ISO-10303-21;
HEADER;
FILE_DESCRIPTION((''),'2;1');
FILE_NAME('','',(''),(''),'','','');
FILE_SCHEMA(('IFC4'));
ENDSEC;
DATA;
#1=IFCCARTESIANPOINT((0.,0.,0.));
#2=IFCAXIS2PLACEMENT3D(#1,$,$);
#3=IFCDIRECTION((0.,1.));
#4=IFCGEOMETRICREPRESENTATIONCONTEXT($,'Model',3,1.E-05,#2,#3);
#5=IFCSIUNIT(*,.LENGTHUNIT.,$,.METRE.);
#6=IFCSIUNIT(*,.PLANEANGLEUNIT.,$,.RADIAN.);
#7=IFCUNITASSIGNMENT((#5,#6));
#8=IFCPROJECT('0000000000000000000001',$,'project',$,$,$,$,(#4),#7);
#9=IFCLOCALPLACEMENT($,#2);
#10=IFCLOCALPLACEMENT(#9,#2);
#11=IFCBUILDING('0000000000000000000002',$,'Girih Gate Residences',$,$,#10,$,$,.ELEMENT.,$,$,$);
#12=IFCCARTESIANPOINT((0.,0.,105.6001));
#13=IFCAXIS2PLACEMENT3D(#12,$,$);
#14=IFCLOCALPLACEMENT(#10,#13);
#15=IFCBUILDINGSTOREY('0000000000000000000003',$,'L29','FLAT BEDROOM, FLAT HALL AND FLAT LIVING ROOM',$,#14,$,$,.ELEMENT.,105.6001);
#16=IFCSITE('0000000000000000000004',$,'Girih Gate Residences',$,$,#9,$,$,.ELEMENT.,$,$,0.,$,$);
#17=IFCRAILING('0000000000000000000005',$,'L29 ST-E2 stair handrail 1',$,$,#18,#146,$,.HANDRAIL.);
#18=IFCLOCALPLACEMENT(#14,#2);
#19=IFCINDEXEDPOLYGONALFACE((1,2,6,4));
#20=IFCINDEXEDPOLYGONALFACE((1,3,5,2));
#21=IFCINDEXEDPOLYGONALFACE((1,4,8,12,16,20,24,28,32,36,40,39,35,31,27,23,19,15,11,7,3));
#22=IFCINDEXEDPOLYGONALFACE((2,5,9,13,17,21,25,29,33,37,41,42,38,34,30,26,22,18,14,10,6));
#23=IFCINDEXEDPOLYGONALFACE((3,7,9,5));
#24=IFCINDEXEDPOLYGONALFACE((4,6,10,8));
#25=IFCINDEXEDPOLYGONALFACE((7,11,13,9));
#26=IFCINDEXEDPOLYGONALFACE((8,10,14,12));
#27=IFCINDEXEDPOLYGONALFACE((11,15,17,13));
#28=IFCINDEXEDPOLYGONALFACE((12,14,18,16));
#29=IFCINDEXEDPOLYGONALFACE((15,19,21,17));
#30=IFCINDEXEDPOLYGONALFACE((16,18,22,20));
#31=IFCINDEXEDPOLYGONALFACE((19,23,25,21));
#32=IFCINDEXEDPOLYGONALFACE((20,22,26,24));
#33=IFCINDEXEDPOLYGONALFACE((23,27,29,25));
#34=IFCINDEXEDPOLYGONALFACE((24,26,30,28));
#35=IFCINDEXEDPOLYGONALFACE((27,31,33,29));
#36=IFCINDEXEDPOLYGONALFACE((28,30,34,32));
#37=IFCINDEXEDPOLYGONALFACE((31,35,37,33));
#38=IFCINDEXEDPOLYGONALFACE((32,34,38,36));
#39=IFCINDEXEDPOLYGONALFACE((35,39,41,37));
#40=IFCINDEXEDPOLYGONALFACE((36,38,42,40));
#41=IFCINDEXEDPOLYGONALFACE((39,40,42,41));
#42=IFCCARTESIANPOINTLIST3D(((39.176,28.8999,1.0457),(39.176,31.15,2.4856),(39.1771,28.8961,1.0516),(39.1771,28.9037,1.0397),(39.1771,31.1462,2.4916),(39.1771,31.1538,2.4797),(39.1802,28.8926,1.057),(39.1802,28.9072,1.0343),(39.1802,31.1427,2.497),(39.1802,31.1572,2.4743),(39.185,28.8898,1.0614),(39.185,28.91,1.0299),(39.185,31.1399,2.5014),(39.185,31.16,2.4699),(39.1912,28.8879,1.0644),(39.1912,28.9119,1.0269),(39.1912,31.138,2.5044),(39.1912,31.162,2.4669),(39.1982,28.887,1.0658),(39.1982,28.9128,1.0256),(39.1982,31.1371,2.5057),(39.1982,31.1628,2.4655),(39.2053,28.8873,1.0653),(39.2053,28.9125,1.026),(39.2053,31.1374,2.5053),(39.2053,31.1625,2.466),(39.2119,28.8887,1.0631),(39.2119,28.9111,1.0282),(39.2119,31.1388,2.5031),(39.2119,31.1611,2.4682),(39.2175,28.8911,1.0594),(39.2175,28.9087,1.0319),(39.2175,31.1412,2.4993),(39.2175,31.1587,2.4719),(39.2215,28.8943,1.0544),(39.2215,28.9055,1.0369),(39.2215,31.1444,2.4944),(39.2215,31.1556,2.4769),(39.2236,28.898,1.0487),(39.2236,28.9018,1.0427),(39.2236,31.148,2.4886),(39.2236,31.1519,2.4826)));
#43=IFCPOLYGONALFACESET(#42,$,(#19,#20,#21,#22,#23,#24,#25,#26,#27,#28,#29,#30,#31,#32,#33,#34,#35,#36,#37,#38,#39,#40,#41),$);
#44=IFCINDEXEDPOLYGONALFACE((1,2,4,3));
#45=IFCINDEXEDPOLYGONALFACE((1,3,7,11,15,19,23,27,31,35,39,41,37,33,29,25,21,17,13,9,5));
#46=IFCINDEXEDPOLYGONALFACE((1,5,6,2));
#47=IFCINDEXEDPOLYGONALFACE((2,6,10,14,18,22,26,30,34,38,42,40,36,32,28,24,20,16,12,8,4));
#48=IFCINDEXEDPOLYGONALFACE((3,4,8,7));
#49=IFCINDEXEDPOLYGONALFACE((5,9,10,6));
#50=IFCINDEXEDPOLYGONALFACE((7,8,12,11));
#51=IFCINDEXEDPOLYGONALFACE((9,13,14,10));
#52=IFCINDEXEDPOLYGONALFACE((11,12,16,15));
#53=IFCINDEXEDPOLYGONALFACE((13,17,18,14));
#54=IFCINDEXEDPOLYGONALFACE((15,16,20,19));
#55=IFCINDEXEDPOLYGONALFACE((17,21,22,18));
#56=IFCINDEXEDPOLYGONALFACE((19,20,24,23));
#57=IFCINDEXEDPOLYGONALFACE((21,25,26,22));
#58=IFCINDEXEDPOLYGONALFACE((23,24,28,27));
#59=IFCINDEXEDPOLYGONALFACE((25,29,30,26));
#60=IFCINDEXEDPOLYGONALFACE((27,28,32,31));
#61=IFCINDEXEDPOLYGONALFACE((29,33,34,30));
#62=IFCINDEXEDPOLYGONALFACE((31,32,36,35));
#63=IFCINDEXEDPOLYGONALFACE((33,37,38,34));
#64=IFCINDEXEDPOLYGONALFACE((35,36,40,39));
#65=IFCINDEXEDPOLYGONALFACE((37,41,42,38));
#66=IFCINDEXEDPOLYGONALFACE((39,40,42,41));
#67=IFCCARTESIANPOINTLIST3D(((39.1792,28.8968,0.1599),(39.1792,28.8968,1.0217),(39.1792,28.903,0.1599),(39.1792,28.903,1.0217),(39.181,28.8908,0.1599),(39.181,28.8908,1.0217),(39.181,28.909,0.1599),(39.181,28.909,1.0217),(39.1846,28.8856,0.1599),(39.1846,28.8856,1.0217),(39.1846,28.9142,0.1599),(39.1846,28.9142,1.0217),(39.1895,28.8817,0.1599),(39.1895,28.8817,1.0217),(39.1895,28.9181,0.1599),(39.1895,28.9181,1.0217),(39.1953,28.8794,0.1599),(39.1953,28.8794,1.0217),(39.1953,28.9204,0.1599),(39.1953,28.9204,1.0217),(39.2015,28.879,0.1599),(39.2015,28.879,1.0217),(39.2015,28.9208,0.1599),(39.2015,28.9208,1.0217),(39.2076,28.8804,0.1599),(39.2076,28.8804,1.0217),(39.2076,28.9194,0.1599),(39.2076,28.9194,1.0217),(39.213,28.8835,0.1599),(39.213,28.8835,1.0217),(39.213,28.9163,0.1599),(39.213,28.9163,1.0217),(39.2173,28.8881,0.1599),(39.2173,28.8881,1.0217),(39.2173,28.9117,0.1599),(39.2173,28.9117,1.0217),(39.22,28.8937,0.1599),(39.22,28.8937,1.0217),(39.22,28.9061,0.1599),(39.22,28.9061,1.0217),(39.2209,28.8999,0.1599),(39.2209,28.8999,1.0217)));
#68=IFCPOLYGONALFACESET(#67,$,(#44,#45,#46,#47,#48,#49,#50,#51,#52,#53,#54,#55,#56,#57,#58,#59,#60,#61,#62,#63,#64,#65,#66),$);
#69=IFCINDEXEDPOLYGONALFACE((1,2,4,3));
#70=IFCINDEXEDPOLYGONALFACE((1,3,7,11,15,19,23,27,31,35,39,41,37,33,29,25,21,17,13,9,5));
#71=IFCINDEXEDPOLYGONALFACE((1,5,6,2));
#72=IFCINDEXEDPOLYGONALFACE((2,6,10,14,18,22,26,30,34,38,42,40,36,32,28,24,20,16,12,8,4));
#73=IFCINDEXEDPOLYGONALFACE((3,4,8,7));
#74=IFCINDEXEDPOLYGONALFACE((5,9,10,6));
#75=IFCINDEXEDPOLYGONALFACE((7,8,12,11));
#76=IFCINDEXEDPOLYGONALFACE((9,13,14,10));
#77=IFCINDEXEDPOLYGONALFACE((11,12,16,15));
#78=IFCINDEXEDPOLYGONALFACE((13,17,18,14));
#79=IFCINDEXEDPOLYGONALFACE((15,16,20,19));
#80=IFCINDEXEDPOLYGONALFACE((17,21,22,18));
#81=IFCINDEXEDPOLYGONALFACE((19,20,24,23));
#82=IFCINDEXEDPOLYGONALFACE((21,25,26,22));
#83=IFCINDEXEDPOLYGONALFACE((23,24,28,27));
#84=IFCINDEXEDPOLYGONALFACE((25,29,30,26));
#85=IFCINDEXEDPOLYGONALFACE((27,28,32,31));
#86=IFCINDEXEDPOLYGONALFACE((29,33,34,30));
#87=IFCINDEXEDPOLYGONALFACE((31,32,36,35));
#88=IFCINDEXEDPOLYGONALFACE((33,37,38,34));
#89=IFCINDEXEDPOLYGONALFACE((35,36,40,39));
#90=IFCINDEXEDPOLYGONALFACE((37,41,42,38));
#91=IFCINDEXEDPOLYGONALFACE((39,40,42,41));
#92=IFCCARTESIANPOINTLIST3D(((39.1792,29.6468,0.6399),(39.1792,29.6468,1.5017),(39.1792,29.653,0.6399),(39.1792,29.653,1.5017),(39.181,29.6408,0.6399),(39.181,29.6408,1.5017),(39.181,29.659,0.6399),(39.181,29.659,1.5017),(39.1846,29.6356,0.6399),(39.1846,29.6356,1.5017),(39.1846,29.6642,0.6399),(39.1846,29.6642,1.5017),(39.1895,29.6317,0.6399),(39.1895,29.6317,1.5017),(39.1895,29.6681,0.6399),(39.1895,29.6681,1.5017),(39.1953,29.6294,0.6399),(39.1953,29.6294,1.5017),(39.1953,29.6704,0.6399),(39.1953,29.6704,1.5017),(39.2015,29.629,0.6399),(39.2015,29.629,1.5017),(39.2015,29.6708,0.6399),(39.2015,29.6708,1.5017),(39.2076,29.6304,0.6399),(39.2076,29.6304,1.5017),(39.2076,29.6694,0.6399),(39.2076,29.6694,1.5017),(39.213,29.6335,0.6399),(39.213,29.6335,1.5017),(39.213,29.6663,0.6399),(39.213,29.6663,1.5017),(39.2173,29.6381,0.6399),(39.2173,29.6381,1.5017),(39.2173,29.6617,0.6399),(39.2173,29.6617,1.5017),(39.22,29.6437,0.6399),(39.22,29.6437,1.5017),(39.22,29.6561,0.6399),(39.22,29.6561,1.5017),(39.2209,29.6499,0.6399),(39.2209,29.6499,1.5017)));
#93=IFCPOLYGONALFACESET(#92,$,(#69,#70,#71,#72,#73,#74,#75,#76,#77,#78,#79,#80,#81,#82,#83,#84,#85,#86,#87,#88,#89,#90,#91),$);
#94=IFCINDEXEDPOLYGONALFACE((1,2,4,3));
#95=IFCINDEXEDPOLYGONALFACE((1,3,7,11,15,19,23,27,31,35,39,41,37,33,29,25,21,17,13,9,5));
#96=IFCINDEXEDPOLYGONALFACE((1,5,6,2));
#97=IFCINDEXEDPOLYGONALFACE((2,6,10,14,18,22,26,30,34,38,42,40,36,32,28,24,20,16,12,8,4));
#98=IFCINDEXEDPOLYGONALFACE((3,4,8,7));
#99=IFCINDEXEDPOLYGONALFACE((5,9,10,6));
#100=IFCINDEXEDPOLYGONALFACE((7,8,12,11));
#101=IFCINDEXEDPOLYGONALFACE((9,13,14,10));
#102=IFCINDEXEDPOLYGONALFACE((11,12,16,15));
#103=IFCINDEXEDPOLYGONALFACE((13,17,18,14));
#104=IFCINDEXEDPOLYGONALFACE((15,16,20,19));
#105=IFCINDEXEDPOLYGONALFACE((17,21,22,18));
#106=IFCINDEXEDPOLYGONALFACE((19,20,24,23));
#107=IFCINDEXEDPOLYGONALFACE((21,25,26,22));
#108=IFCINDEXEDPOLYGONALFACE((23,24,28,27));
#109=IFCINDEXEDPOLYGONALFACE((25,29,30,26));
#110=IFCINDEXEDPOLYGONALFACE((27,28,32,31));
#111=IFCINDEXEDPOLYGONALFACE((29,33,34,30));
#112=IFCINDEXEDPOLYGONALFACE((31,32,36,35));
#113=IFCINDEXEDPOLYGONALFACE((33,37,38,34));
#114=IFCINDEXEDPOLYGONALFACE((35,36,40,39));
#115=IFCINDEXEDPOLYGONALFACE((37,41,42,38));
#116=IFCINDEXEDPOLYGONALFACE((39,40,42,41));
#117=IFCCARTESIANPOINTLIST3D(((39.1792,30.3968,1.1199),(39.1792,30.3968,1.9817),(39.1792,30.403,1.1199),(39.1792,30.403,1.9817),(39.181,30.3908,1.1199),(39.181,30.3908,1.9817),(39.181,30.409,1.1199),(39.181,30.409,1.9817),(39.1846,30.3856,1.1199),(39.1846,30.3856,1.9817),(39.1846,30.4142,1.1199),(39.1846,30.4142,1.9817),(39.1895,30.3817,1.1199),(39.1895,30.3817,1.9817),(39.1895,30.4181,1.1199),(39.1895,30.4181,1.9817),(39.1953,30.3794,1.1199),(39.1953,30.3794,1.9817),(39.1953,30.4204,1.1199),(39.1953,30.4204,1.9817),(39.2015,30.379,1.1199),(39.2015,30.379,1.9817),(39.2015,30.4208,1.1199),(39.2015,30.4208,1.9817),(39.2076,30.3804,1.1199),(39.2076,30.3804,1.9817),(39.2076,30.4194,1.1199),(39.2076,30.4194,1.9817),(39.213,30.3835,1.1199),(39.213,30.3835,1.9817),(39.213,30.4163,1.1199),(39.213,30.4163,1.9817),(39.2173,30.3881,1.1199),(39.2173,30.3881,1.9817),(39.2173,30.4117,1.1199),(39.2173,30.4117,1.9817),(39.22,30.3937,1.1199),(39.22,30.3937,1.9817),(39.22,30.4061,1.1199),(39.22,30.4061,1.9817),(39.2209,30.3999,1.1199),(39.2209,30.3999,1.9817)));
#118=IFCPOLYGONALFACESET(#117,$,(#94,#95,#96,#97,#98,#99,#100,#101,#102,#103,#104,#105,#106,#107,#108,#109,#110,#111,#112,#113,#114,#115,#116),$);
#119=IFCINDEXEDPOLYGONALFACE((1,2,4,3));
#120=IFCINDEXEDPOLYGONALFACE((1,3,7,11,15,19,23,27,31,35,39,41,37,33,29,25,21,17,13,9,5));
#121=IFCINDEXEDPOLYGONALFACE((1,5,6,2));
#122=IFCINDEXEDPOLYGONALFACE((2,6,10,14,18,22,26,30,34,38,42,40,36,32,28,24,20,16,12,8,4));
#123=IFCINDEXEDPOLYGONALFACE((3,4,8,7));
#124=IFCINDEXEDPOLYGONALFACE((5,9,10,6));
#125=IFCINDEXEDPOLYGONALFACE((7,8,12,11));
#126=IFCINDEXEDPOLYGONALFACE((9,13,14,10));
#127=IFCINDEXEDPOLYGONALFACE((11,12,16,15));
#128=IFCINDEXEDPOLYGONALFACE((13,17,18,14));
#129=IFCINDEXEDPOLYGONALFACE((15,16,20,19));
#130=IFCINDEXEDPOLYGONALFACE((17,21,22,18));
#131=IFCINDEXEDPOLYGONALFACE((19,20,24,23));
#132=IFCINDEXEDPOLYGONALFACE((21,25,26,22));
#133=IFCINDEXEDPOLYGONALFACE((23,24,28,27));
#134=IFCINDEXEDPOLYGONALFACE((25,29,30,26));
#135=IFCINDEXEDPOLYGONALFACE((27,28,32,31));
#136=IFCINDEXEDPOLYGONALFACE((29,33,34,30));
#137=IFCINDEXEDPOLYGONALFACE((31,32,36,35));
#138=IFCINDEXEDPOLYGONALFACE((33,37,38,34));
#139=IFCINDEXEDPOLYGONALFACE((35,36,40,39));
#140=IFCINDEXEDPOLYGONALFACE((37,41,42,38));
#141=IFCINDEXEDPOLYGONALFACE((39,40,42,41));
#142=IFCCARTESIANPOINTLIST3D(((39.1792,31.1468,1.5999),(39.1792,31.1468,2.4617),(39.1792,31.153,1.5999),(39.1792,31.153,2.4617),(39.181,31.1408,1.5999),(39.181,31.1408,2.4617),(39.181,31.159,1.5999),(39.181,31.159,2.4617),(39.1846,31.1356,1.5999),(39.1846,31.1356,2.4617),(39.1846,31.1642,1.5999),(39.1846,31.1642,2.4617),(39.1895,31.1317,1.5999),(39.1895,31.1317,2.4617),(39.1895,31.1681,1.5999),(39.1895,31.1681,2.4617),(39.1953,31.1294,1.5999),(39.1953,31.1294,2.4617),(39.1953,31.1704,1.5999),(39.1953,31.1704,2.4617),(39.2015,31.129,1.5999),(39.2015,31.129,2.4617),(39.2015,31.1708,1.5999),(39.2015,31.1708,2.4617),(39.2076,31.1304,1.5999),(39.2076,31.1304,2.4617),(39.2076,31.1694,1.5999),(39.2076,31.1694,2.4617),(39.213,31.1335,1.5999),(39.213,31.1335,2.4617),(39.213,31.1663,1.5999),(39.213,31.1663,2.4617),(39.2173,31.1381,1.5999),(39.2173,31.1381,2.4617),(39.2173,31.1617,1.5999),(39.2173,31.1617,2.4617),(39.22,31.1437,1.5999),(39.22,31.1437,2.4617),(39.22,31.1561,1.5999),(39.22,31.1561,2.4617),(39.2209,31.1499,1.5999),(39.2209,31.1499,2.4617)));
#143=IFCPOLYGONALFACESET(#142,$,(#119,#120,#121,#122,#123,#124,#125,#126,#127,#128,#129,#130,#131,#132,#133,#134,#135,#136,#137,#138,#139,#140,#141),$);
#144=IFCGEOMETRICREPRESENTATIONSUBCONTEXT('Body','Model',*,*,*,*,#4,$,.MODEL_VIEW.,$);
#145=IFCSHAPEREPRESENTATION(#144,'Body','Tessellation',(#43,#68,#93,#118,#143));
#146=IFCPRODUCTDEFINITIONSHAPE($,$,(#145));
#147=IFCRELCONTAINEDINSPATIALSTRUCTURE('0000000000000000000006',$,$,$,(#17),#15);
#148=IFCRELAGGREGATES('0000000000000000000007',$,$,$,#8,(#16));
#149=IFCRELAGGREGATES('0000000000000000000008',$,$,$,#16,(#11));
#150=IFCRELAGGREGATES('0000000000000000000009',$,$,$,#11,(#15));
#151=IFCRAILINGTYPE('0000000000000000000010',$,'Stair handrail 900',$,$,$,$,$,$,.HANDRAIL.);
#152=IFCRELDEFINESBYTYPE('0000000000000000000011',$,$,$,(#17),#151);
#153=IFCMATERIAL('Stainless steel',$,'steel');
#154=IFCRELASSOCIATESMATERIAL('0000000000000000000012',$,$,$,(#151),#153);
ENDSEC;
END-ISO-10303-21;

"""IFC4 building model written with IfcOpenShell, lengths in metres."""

from ifc_helpers import new_model, si_unit, direction, frame, origin, origin_2d, place, context, subcontext, project, spatial, circle, extrude, material, type_object, element, save


model = new_model("IFC4")

# Units and contexts
model_context = context("Model", 3, precision=1e-05, world=origin(), true_north=direction((0.0, 1.0)))
body_context = subcontext(model_context, "Body", "Model", "MODEL_VIEW")
ifc_project = project(units=[si_unit("LENGTHUNIT", "METRE"), si_unit("PLANEANGLEUNIT", "RADIAN")], contexts=[model_context])

# Site, building, storey
site_placement = place(None, origin())
site = spatial("IfcSite", under=ifc_project, at=site_placement, Name="Girih Gate Residences", CompositionType="ELEMENT", RefElevation=0.0)
building_placement = place(site_placement, origin())
building = spatial("IfcBuilding", under=site, at=building_placement, Name="Girih Gate Residences", CompositionType="ELEMENT")
storey_placement = place(building_placement, frame((0.0, 0.0, 105.6001)))
storey = spatial("IfcBuildingStorey", under=building, at=storey_placement, Name="L29", Description="FLAT BEDROOM, FLAT HALL AND FLAT LIVING ROOM", CompositionType="ELEMENT", Elevation=105.6001)

# Railing
ifc_material_1 = material(Name="Stainless steel", Category="steel")
railing_type_1 = type_object("IfcRailingType", Name="Stair handrail 900", PredefinedType="HANDRAIL", material=ifc_material_1)
railing_1_placement = place(storey_placement, frame((39.2, 28.8999, 0.1599)))
element("IfcRailing", 1, at=railing_1_placement, inside=storey, type_object=railing_type_1, Name="L29 ST-E2 stair handrail 1", PredefinedType="HANDRAIL", context=body_context, shape_type="SweptSolid", body=[
    extrude(circle(Radius=0.0239, at=origin_2d()), frame((0.0, 0.0, 0.8857), z_axis=(0.0, 0.842281, 0.539038), x_axis=(-1.0, 0.0, 0.0)), (0.0, 0.0, 1.0), 2.6714),
    extrude(circle(Radius=0.021, at=origin_2d()), origin(), (0.0, 0.0, 1.0), 0.8618),
    extrude(circle(Radius=0.021, at=origin_2d()), frame((0.0, 0.75, 0.48)), (0.0, 0.0, 1.0), 0.8618),
    extrude(circle(Radius=0.021, at=origin_2d()), frame((0.0, 1.5, 0.96)), (0.0, 0.0, 1.0), 0.8618),
    extrude(circle(Radius=0.021, at=origin_2d()), frame((0.0, 2.25, 1.4399)), (0.0, 0.0, 1.0), 0.8618),
])

save(model, "model.ifc")
